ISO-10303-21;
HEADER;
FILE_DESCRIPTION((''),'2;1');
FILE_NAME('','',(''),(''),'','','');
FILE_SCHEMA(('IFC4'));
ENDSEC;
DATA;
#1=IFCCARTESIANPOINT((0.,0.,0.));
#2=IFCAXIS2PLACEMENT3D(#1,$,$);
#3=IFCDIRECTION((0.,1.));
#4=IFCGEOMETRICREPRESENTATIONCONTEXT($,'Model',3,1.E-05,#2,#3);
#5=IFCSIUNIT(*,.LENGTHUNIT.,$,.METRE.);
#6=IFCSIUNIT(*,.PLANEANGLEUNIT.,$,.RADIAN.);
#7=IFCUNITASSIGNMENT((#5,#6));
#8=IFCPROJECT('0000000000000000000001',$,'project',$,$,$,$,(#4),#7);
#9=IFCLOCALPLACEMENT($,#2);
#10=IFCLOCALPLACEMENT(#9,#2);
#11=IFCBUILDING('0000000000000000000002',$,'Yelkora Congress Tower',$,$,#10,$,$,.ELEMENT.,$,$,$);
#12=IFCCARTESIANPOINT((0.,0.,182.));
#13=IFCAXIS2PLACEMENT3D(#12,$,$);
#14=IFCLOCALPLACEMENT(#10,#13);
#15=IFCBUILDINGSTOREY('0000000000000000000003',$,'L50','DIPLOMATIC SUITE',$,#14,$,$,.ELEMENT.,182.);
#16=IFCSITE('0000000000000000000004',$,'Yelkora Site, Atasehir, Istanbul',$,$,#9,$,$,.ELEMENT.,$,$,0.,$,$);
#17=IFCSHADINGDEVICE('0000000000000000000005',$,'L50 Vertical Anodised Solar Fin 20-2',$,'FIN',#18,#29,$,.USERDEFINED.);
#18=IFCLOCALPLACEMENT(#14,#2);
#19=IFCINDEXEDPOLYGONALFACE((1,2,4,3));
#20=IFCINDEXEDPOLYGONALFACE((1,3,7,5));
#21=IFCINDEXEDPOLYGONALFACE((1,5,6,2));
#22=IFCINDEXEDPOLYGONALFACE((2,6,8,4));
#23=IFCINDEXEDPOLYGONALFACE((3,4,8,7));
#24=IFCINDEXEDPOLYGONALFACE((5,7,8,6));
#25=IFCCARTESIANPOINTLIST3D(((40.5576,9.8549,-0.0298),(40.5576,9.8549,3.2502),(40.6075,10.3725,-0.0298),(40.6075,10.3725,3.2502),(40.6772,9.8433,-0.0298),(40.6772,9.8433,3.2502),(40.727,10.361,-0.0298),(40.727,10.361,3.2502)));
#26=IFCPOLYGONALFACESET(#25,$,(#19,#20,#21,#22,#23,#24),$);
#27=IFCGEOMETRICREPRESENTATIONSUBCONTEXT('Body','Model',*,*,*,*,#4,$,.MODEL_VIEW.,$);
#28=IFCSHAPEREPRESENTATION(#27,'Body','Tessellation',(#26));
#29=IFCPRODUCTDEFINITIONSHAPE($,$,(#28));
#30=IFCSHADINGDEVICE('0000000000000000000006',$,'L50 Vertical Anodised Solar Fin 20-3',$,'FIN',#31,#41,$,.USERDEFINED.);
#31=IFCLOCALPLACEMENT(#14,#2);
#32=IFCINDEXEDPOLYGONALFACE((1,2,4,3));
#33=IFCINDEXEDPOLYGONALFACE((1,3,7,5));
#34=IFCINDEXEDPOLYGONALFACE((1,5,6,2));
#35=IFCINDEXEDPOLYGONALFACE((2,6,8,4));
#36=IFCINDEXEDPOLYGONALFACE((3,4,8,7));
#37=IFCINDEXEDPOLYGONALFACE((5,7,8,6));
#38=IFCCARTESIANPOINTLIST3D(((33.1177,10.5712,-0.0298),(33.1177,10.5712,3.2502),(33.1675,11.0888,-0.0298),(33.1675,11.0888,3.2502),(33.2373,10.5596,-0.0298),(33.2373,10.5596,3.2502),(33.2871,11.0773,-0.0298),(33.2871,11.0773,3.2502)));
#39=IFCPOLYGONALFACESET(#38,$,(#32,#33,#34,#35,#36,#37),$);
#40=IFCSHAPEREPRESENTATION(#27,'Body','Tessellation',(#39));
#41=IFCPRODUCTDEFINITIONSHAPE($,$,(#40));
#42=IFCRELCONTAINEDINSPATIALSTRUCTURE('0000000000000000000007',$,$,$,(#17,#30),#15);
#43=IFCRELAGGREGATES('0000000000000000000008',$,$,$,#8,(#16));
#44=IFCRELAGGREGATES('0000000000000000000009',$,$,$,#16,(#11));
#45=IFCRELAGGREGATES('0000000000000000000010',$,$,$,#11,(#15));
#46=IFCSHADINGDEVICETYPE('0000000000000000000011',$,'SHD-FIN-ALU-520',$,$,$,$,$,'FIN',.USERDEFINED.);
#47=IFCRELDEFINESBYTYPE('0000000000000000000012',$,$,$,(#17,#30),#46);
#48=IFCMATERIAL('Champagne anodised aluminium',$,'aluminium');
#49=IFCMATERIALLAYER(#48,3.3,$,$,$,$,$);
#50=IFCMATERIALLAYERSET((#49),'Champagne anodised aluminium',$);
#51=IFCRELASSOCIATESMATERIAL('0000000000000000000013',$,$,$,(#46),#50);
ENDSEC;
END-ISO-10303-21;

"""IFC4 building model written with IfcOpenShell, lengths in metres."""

from ifc_helpers import new_model, si_unit, direction, frame, origin, origin_2d, place, context, subcontext, project, spatial, rectangle, extrude, material, layer, layer_set, type_object, element, save


model = new_model("IFC4")

# Units and contexts
model_context = context("Model", 3, precision=1e-05, world=origin(), true_north=direction((0.0, 1.0)))
body_context = subcontext(model_context, "Body", "Model", "MODEL_VIEW")
ifc_project = project(units=[si_unit("LENGTHUNIT", "METRE"), si_unit("PLANEANGLEUNIT", "RADIAN")], contexts=[model_context])

# Site, building, storey
site_placement = place(None, origin())
site = spatial("IfcSite", under=ifc_project, at=site_placement, Name="Yelkora Site, Atasehir, Istanbul", CompositionType="ELEMENT", RefElevation=0.0)
building_placement = place(site_placement, origin())
building = spatial("IfcBuilding", under=site, at=building_placement, Name="Yelkora Congress Tower", CompositionType="ELEMENT")
storey_placement = place(building_placement, frame((0.0, 0.0, 182.0)))
storey = spatial("IfcBuildingStorey", under=building, at=storey_placement, Name="L50", Description="DIPLOMATIC SUITE", CompositionType="ELEMENT", Elevation=182.0)

# Shading devices
ifc_material_1 = material(Name="Champagne anodised aluminium", Category="aluminium")
ifc_layer_1 = layer(ifc_material_1, 3.3)
ifc_layer_set_1 = layer_set([ifc_layer_1], Name="Champagne anodised aluminium")
shading_device_type = type_object("IfcShadingDeviceType", Name="SHD-FIN-ALU-520", ElementType="FIN", PredefinedType="USERDEFINED", material=ifc_layer_set_1)
for number, where, z_axis, x_axis, name in (
    (1, (40.6423, 10.1079, -0.0298), (0.0, 0.0, 1.0), (-0.995396, 0.095846, 0.0), "L50 Vertical Anodised Solar Fin 20-2"),
    (2, (33.2024, 10.8242, -0.0298), (0.0, 0.0, 1.0), (-0.995396, 0.095846, 0.0), "L50 Vertical Anodised Solar Fin 20-3"),
):
    element("IfcShadingDevice", number, at=place(storey_placement, frame(where, z_axis=z_axis, x_axis=x_axis)), inside=storey, type_object=shading_device_type, Name=name, ObjectType="FIN", PredefinedType="USERDEFINED", context=body_context, shape_type="SweptSolid", body=[
        extrude(rectangle(XDim=0.1201, YDim=0.52, at=origin_2d()), origin(), (0.0, 0.0, 1.0), 3.28),
    ])

save(model, "model.ifc")
